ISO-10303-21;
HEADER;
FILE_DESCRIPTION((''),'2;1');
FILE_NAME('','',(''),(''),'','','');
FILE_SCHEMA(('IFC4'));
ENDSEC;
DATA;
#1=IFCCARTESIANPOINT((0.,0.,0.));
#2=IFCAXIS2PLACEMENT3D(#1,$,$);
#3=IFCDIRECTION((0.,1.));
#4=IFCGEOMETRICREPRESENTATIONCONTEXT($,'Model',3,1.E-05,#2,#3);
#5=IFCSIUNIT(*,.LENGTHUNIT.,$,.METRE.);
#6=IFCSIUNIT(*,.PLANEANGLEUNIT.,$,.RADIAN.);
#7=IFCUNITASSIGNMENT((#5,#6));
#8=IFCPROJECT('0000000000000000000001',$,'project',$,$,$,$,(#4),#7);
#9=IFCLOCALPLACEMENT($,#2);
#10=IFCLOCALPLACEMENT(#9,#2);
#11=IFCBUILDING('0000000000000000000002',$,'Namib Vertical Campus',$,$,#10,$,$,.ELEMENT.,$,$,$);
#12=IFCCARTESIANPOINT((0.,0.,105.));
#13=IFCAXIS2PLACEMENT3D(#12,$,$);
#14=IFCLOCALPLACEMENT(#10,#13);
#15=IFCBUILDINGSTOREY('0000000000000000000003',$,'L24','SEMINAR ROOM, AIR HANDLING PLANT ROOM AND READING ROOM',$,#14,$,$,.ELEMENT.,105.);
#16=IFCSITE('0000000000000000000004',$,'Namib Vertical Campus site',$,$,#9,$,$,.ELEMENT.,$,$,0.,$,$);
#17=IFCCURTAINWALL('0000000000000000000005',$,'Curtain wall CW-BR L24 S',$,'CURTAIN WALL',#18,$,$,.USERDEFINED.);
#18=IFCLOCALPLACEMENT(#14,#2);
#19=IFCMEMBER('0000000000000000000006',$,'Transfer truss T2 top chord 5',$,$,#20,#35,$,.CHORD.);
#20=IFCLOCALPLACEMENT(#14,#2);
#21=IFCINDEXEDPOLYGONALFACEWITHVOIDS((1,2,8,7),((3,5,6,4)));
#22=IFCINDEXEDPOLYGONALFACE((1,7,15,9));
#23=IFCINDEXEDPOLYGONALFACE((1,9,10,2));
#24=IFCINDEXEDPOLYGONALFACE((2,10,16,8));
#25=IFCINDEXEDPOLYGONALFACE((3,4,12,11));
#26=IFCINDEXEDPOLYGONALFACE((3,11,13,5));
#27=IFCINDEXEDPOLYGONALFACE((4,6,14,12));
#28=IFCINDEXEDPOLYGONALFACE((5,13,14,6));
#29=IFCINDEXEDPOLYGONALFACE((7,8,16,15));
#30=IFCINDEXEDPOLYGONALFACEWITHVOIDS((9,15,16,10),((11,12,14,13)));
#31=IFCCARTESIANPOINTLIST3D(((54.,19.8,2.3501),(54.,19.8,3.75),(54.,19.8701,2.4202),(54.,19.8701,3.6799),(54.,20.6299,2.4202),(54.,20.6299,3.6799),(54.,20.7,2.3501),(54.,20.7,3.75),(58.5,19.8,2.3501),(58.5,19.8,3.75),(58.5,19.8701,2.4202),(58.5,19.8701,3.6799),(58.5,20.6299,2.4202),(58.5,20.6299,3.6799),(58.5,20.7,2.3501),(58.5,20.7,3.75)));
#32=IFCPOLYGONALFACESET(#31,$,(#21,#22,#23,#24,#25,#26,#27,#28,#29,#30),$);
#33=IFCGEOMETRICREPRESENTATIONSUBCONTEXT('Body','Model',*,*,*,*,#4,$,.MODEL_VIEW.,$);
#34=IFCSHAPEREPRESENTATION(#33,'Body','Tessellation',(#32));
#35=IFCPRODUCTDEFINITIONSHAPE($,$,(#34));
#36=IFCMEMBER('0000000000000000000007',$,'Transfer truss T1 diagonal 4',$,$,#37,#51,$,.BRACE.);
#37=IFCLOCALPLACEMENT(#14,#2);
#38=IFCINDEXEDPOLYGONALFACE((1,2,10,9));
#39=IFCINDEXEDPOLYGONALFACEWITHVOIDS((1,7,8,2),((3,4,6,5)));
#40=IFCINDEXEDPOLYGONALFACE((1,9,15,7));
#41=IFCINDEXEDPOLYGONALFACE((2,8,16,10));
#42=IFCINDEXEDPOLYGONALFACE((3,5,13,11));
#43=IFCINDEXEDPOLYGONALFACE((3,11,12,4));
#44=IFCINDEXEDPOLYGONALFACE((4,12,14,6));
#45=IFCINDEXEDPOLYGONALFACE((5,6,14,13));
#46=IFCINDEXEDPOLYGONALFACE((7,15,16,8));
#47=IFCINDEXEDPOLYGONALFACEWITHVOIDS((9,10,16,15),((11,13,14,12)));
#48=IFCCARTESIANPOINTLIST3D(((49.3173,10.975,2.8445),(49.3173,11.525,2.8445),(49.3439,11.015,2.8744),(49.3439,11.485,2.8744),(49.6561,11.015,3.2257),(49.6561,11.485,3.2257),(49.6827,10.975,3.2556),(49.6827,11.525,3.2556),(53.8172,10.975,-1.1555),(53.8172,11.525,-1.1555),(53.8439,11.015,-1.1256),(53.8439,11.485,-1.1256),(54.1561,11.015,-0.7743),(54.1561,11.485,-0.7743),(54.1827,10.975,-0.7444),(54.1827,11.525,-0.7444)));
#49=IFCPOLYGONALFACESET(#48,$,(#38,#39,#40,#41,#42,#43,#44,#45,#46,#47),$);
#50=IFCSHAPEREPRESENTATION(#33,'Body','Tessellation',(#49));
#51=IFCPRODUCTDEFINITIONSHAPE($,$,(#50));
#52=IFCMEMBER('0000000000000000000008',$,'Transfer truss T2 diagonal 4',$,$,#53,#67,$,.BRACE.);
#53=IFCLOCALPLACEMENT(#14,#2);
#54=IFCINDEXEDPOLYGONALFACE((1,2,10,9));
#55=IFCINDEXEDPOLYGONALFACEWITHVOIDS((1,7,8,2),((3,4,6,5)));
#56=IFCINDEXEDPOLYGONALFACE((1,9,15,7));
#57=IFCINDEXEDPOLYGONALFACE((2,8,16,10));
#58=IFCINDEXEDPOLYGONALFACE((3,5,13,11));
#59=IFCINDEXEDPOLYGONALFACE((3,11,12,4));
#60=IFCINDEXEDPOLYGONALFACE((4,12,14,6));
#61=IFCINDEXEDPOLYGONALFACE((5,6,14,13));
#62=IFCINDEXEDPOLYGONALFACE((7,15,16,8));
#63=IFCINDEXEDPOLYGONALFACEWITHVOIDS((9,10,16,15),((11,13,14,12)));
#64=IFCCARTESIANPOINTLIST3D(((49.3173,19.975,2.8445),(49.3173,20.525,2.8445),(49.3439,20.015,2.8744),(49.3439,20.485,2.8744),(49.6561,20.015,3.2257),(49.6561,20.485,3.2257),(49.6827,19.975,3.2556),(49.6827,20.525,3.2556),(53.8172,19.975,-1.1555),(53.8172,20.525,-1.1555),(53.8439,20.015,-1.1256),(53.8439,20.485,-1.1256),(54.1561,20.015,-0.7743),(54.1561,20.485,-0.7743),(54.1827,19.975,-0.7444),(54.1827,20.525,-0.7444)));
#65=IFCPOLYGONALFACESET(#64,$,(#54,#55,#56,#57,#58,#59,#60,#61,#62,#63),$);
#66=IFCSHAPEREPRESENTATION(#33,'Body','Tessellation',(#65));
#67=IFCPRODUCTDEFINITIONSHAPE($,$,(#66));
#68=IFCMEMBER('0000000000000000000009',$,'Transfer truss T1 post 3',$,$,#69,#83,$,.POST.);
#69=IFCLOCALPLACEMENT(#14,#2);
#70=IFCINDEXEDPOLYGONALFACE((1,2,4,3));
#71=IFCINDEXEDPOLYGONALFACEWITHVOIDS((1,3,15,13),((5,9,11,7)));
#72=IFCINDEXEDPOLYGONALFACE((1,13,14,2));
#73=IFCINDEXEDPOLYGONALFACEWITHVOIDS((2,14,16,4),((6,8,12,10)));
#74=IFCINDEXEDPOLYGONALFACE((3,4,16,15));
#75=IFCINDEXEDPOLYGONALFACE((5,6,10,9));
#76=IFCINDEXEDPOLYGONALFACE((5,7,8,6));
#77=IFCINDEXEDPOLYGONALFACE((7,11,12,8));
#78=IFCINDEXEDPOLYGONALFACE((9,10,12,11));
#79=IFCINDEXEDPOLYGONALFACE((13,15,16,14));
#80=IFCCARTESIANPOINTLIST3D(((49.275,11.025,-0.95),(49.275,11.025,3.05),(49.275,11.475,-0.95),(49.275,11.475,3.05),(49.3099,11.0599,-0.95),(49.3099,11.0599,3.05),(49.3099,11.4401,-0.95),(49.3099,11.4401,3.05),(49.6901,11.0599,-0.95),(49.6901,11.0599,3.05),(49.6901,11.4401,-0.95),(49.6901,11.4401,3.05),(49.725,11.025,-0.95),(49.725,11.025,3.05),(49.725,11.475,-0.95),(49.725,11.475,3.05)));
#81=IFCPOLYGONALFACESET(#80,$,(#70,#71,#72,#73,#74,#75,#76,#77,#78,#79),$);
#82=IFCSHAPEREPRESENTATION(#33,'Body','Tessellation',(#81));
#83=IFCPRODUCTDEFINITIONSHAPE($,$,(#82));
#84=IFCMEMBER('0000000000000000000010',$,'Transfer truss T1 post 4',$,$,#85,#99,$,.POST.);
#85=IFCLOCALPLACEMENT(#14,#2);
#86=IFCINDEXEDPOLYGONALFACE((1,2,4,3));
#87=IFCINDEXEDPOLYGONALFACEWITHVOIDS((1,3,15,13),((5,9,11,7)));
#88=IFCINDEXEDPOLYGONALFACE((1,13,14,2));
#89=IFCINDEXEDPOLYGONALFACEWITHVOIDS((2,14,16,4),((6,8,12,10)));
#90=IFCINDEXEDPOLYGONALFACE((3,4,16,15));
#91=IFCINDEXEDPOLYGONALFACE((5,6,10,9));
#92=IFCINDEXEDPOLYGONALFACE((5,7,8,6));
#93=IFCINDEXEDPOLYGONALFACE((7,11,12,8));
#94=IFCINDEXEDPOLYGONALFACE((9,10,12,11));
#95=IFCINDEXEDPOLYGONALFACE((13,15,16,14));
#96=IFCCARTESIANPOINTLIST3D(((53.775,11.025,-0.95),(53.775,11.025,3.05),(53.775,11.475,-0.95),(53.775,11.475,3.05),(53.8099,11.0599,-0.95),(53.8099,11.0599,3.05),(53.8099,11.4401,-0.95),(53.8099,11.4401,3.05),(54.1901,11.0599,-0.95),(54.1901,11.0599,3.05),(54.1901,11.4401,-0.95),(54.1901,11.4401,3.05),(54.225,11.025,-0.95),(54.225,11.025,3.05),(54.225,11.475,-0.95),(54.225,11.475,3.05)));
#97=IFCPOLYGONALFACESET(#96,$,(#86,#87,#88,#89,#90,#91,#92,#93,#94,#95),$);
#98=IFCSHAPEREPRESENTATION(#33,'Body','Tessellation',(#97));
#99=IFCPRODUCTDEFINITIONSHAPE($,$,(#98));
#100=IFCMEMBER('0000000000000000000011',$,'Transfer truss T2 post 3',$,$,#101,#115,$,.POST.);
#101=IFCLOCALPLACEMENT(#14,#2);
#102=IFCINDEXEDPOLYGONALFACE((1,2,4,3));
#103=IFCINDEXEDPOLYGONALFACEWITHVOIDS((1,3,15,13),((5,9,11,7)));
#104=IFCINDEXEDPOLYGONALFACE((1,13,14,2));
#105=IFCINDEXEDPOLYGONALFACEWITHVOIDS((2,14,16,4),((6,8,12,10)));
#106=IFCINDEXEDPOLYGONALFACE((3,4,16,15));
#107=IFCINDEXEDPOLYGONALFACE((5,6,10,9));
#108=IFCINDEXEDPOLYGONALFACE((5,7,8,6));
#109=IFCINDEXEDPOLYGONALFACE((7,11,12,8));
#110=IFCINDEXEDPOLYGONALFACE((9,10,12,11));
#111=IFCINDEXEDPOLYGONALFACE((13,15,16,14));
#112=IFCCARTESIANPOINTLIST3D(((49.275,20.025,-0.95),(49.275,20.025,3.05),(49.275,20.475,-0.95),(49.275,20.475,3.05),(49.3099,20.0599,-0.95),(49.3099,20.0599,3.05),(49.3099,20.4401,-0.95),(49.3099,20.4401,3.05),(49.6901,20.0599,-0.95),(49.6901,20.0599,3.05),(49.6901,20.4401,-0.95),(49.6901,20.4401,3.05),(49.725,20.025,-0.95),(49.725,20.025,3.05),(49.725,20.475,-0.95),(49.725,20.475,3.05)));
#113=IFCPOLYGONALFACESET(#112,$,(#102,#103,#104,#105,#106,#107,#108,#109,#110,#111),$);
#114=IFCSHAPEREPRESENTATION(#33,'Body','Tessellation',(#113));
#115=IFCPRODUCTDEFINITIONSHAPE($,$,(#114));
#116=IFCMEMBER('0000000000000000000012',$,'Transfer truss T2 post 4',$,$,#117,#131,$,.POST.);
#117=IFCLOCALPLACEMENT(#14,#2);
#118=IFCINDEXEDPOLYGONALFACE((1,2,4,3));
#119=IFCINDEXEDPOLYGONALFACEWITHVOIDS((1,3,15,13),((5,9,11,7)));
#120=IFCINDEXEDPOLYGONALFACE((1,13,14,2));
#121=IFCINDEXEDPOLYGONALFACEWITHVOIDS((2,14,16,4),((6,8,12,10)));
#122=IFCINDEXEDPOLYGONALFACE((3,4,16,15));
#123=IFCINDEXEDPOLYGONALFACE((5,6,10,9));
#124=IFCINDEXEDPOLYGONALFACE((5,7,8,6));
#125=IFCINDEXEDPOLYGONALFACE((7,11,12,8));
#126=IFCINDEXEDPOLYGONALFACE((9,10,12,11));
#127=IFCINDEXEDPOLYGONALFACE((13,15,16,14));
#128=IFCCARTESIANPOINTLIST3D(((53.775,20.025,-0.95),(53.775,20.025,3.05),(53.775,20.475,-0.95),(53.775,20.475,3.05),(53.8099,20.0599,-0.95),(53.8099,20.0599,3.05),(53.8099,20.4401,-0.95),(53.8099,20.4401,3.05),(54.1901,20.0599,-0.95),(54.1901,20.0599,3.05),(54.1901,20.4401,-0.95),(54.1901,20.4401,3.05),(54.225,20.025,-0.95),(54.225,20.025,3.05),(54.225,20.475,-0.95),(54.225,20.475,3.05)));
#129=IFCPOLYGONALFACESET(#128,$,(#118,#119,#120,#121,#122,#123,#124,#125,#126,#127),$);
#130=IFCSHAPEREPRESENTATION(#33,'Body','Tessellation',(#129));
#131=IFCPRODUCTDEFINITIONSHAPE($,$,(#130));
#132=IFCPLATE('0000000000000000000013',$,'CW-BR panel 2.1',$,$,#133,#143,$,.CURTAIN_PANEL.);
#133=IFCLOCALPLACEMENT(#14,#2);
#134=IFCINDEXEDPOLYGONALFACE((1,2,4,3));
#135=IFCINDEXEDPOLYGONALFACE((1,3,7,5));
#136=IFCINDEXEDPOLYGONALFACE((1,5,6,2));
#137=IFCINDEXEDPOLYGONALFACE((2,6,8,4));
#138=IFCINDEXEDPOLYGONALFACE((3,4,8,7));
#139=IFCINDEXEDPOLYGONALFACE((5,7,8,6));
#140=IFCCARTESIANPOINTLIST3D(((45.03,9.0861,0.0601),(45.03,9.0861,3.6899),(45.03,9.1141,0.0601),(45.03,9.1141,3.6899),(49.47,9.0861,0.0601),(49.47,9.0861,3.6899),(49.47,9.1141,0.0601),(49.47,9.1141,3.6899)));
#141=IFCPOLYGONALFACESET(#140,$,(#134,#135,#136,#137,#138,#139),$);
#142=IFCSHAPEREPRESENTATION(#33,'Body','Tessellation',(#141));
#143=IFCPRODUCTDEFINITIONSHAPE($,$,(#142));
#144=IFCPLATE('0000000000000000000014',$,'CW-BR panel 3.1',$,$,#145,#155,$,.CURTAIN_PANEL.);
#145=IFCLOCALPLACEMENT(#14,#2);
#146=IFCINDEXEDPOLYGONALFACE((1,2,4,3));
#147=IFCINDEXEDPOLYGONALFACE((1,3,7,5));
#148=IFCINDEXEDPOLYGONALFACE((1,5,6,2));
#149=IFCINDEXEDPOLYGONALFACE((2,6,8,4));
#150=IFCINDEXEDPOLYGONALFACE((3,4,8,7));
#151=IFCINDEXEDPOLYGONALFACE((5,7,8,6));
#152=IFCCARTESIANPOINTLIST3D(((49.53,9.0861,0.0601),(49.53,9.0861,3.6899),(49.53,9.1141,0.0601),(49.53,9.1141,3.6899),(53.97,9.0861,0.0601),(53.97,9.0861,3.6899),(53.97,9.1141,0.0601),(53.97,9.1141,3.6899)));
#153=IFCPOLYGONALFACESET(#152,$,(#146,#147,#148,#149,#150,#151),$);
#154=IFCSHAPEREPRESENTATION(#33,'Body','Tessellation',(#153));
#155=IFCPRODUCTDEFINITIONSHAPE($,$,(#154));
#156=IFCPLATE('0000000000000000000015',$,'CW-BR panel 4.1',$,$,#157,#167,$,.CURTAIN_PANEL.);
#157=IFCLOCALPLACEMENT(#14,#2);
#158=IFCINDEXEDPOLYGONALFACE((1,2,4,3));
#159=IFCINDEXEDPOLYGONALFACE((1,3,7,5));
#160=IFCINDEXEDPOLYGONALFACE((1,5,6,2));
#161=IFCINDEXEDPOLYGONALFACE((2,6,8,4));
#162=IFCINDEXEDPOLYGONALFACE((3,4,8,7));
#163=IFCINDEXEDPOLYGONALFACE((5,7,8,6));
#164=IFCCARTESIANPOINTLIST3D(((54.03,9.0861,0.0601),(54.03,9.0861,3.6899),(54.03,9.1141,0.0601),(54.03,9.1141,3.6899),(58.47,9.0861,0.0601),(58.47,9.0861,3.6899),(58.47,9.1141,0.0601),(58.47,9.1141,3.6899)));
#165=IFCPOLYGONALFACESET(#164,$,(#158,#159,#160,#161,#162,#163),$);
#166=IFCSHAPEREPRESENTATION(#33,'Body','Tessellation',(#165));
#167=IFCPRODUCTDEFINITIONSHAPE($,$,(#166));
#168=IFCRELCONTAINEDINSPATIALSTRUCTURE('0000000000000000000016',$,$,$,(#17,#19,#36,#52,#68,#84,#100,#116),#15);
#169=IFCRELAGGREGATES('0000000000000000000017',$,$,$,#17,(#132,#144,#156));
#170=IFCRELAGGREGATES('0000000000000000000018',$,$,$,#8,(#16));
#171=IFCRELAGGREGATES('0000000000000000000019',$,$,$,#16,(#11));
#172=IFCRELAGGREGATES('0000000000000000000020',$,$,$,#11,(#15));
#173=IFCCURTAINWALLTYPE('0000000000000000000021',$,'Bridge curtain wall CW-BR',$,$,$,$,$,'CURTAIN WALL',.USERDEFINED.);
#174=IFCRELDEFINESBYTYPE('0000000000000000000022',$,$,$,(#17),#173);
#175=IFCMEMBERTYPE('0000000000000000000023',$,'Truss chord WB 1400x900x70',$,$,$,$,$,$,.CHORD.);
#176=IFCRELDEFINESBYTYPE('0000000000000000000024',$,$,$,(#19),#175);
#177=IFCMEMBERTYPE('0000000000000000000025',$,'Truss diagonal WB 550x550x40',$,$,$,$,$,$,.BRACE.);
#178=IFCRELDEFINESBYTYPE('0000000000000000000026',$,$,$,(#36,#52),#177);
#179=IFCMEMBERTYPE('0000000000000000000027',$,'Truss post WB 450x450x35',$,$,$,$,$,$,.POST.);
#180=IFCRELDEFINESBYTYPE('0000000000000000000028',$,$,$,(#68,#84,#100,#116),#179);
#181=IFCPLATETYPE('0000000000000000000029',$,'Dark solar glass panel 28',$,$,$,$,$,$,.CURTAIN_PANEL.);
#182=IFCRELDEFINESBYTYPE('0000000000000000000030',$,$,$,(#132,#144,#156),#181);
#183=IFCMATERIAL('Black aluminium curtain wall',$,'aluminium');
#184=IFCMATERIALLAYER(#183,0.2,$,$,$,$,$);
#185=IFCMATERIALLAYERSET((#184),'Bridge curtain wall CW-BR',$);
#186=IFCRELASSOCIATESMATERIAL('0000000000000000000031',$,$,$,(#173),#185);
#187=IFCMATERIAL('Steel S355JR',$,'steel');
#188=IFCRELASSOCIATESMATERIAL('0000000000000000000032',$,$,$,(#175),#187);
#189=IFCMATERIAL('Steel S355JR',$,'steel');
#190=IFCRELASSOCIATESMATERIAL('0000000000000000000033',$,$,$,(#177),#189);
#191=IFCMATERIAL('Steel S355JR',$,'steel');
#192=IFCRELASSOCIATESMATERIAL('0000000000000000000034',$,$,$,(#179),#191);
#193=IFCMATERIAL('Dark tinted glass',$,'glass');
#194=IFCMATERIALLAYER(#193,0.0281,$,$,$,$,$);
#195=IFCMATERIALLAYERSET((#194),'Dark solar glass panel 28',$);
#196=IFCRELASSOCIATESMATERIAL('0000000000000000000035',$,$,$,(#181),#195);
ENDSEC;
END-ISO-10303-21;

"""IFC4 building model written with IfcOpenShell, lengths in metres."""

from ifc_helpers import new_model, si_unit, direction, frame, origin, origin_2d, place, context, subcontext, project, spatial, rectangle, hollow_rectangle, extrude, material, layer, layer_set, material_profile, profile_set, type_object, element, aggregate, save


model = new_model("IFC4")

# Units and contexts
model_context = context("Model", 3, precision=1e-05, world=origin(), true_north=direction((0.0, 1.0)))
body_context = subcontext(model_context, "Body", "Model", "MODEL_VIEW")
ifc_project = project(units=[si_unit("LENGTHUNIT", "METRE"), si_unit("PLANEANGLEUNIT", "RADIAN")], contexts=[model_context])

# Site, building, storey
site_placement = place(None, origin())
site = spatial("IfcSite", under=ifc_project, at=site_placement, Name="Namib Vertical Campus site", CompositionType="ELEMENT", RefElevation=0.0)
building_placement = place(site_placement, origin())
building = spatial("IfcBuilding", under=site, at=building_placement, Name="Namib Vertical Campus", CompositionType="ELEMENT")
storey_placement = place(building_placement, frame((0.0, 0.0, 105.0)))
storey = spatial("IfcBuildingStorey", under=building, at=storey_placement, Name="L24", Description="SEMINAR ROOM, AIR HANDLING PLANT ROOM AND READING ROOM", CompositionType="ELEMENT", Elevation=105.0)

# Curtain wall
ifc_material_1 = material(Name="Black aluminium curtain wall", Category="aluminium")
ifc_layer_1 = layer(ifc_material_1, 0.2)
ifc_layer_set_1 = layer_set([ifc_layer_1], Name="Bridge curtain wall CW-BR")
curtain_wall_type = type_object("IfcCurtainWallType", Name="Bridge curtain wall CW-BR", ElementType="CURTAIN WALL", PredefinedType="USERDEFINED", material=ifc_layer_set_1)
curtain_wall_placement = place(storey_placement, origin())
curtain_wall = element("IfcCurtainWall", 1, at=curtain_wall_placement, inside=storey, type_object=curtain_wall_type, Name="Curtain wall CW-BR L24 S", ObjectType="CURTAIN WALL", PredefinedType="USERDEFINED")

# Members
ifc_material_2 = material(Name="Steel S355JR", Category="steel")
ifc_material_profile_1 = material_profile(ifc_material_2, hollow_rectangle(XDim=0.8999, YDim=1.3999, WallThickness=0.0701, at=origin_2d()))
ifc_profile_set_1 = profile_set([ifc_material_profile_1], Name="Steel S355JR")
member_type_1 = type_object("IfcMemberType", Name="Truss chord WB 1400x900x70", PredefinedType="CHORD", material=ifc_profile_set_1)
for number, where, z_axis, x_axis, name in (
    (2, (54.0, 20.25, 3.05), (1.0, 0.0, 0.0), (0.0, 1.0, 0.0), "Transfer truss T2 top chord 5"),
):
    element("IfcMember", number, at=place(storey_placement, frame(where, z_axis=z_axis, x_axis=x_axis)), inside=storey, type_object=member_type_1, Name=name, PredefinedType="CHORD", context=body_context, shape_type="SweptSolid", body=[
        extrude(hollow_rectangle(XDim=0.8999, YDim=1.3999, WallThickness=0.0701, at=origin_2d()), origin(), (0.0, 0.0, 1.0), 4.5),
    ])
ifc_material_3 = material(Name="Steel S355JR", Category="steel")
ifc_material_profile_2 = material_profile(ifc_material_3, hollow_rectangle(XDim=0.55, YDim=0.55, WallThickness=0.04, at=origin_2d()))
ifc_profile_set_2 = profile_set([ifc_material_profile_2], Name="Steel S355JR")
member_type_2 = type_object("IfcMemberType", Name="Truss diagonal WB 550x550x40", PredefinedType="BRACE", material=ifc_profile_set_2)
for number, where, z_axis, x_axis, name in (
    (3, (49.5, 11.25, 3.05), (0.747409, 0.0, -0.664364), (0.0, 1.0, 0.0), "Transfer truss T1 diagonal 4"),
    (4, (49.5, 20.25, 3.05), (0.747409, 0.0, -0.664364), (0.0, 1.0, 0.0), "Transfer truss T2 diagonal 4"),
):
    element("IfcMember", number, at=place(storey_placement, frame(where, z_axis=z_axis, x_axis=x_axis)), inside=storey, type_object=member_type_2, Name=name, PredefinedType="BRACE", context=body_context, shape_type="SweptSolid", body=[
        extrude(hollow_rectangle(XDim=0.55, YDim=0.55, WallThickness=0.04, at=origin_2d()), origin(), (0.0, 0.0, 1.0), 6.0208),
    ])
ifc_material_4 = material(Name="Steel S355JR", Category="steel")
ifc_material_profile_3 = material_profile(ifc_material_4, hollow_rectangle(XDim=0.45, YDim=0.45, WallThickness=0.0349, at=origin_2d()))
ifc_profile_set_3 = profile_set([ifc_material_profile_3], Name="Steel S355JR")
member_type_3 = type_object("IfcMemberType", Name="Truss post WB 450x450x35", PredefinedType="POST", material=ifc_profile_set_3)
for number, where, z_axis, x_axis, name in (
    (5, (49.5, 11.25, -0.95), (0.0, 0.0, 1.0), (1.0, 0.0, 0.0), "Transfer truss T1 post 3"),
    (6, (54.0, 11.25, -0.95), (0.0, 0.0, 1.0), (1.0, 0.0, 0.0), "Transfer truss T1 post 4"),
    (7, (49.5, 20.25, -0.95), (0.0, 0.0, 1.0), (1.0, 0.0, 0.0), "Transfer truss T2 post 3"),
    (8, (54.0, 20.25, -0.95), (0.0, 0.0, 1.0), (1.0, 0.0, 0.0), "Transfer truss T2 post 4"),
):
    element("IfcMember", number, at=place(storey_placement, frame(where, z_axis=z_axis, x_axis=x_axis)), inside=storey, type_object=member_type_3, Name=name, PredefinedType="POST", context=body_context, shape_type="SweptSolid", body=[
        extrude(hollow_rectangle(XDim=0.45, YDim=0.45, WallThickness=0.0349, at=origin_2d()), origin(), (0.0, 0.0, 1.0), 4.0),
    ])

# Plates
ifc_material_5 = material(Name="Dark tinted glass", Category="glass")
ifc_layer_2 = layer(ifc_material_5, 0.0281)
ifc_layer_set_2 = layer_set([ifc_layer_2], Name="Dark solar glass panel 28")
plate_type = type_object("IfcPlateType", Name="Dark solar glass panel 28", PredefinedType="CURTAIN_PANEL", material=ifc_layer_set_2)
plate_1_placement = place(storey_placement, frame((47.25, 9.1001, 0.0601), z_axis=(0.0, 0.0, 1.0), x_axis=(1.0, 0.0, 0.0)))
plate_1 = element("IfcPlate", 9, at=plate_1_placement, type_object=plate_type, Name="CW-BR panel 2.1", PredefinedType="CURTAIN_PANEL", context=body_context, shape_type="SweptSolid", body=[
    extrude(rectangle(XDim=4.4399, YDim=0.0281, at=origin_2d()), origin(), (0.0, 0.0, 1.0), 3.6299),
])
plate_2_placement = place(storey_placement, frame((51.75, 9.1001, 0.0601), z_axis=(0.0, 0.0, 1.0), x_axis=(1.0, 0.0, 0.0)))
plate_2 = element("IfcPlate", 10, at=plate_2_placement, type_object=plate_type, Name="CW-BR panel 3.1", PredefinedType="CURTAIN_PANEL", context=body_context, shape_type="SweptSolid", body=[
    extrude(rectangle(XDim=4.4399, YDim=0.0281, at=origin_2d()), origin(), (0.0, 0.0, 1.0), 3.6299),
])
plate_3_placement = place(storey_placement, frame((56.25, 9.1001, 0.0601), z_axis=(0.0, 0.0, 1.0), x_axis=(1.0, 0.0, 0.0)))
plate_3 = element("IfcPlate", 11, at=plate_3_placement, type_object=plate_type, Name="CW-BR panel 4.1", PredefinedType="CURTAIN_PANEL", context=body_context, shape_type="SweptSolid", body=[
    extrude(rectangle(XDim=4.4399, YDim=0.0281, at=origin_2d()), origin(), (0.0, 0.0, 1.0), 3.6299),
])
aggregate(curtain_wall, [plate_1, plate_2, plate_3])

save(model, "model.ifc")
